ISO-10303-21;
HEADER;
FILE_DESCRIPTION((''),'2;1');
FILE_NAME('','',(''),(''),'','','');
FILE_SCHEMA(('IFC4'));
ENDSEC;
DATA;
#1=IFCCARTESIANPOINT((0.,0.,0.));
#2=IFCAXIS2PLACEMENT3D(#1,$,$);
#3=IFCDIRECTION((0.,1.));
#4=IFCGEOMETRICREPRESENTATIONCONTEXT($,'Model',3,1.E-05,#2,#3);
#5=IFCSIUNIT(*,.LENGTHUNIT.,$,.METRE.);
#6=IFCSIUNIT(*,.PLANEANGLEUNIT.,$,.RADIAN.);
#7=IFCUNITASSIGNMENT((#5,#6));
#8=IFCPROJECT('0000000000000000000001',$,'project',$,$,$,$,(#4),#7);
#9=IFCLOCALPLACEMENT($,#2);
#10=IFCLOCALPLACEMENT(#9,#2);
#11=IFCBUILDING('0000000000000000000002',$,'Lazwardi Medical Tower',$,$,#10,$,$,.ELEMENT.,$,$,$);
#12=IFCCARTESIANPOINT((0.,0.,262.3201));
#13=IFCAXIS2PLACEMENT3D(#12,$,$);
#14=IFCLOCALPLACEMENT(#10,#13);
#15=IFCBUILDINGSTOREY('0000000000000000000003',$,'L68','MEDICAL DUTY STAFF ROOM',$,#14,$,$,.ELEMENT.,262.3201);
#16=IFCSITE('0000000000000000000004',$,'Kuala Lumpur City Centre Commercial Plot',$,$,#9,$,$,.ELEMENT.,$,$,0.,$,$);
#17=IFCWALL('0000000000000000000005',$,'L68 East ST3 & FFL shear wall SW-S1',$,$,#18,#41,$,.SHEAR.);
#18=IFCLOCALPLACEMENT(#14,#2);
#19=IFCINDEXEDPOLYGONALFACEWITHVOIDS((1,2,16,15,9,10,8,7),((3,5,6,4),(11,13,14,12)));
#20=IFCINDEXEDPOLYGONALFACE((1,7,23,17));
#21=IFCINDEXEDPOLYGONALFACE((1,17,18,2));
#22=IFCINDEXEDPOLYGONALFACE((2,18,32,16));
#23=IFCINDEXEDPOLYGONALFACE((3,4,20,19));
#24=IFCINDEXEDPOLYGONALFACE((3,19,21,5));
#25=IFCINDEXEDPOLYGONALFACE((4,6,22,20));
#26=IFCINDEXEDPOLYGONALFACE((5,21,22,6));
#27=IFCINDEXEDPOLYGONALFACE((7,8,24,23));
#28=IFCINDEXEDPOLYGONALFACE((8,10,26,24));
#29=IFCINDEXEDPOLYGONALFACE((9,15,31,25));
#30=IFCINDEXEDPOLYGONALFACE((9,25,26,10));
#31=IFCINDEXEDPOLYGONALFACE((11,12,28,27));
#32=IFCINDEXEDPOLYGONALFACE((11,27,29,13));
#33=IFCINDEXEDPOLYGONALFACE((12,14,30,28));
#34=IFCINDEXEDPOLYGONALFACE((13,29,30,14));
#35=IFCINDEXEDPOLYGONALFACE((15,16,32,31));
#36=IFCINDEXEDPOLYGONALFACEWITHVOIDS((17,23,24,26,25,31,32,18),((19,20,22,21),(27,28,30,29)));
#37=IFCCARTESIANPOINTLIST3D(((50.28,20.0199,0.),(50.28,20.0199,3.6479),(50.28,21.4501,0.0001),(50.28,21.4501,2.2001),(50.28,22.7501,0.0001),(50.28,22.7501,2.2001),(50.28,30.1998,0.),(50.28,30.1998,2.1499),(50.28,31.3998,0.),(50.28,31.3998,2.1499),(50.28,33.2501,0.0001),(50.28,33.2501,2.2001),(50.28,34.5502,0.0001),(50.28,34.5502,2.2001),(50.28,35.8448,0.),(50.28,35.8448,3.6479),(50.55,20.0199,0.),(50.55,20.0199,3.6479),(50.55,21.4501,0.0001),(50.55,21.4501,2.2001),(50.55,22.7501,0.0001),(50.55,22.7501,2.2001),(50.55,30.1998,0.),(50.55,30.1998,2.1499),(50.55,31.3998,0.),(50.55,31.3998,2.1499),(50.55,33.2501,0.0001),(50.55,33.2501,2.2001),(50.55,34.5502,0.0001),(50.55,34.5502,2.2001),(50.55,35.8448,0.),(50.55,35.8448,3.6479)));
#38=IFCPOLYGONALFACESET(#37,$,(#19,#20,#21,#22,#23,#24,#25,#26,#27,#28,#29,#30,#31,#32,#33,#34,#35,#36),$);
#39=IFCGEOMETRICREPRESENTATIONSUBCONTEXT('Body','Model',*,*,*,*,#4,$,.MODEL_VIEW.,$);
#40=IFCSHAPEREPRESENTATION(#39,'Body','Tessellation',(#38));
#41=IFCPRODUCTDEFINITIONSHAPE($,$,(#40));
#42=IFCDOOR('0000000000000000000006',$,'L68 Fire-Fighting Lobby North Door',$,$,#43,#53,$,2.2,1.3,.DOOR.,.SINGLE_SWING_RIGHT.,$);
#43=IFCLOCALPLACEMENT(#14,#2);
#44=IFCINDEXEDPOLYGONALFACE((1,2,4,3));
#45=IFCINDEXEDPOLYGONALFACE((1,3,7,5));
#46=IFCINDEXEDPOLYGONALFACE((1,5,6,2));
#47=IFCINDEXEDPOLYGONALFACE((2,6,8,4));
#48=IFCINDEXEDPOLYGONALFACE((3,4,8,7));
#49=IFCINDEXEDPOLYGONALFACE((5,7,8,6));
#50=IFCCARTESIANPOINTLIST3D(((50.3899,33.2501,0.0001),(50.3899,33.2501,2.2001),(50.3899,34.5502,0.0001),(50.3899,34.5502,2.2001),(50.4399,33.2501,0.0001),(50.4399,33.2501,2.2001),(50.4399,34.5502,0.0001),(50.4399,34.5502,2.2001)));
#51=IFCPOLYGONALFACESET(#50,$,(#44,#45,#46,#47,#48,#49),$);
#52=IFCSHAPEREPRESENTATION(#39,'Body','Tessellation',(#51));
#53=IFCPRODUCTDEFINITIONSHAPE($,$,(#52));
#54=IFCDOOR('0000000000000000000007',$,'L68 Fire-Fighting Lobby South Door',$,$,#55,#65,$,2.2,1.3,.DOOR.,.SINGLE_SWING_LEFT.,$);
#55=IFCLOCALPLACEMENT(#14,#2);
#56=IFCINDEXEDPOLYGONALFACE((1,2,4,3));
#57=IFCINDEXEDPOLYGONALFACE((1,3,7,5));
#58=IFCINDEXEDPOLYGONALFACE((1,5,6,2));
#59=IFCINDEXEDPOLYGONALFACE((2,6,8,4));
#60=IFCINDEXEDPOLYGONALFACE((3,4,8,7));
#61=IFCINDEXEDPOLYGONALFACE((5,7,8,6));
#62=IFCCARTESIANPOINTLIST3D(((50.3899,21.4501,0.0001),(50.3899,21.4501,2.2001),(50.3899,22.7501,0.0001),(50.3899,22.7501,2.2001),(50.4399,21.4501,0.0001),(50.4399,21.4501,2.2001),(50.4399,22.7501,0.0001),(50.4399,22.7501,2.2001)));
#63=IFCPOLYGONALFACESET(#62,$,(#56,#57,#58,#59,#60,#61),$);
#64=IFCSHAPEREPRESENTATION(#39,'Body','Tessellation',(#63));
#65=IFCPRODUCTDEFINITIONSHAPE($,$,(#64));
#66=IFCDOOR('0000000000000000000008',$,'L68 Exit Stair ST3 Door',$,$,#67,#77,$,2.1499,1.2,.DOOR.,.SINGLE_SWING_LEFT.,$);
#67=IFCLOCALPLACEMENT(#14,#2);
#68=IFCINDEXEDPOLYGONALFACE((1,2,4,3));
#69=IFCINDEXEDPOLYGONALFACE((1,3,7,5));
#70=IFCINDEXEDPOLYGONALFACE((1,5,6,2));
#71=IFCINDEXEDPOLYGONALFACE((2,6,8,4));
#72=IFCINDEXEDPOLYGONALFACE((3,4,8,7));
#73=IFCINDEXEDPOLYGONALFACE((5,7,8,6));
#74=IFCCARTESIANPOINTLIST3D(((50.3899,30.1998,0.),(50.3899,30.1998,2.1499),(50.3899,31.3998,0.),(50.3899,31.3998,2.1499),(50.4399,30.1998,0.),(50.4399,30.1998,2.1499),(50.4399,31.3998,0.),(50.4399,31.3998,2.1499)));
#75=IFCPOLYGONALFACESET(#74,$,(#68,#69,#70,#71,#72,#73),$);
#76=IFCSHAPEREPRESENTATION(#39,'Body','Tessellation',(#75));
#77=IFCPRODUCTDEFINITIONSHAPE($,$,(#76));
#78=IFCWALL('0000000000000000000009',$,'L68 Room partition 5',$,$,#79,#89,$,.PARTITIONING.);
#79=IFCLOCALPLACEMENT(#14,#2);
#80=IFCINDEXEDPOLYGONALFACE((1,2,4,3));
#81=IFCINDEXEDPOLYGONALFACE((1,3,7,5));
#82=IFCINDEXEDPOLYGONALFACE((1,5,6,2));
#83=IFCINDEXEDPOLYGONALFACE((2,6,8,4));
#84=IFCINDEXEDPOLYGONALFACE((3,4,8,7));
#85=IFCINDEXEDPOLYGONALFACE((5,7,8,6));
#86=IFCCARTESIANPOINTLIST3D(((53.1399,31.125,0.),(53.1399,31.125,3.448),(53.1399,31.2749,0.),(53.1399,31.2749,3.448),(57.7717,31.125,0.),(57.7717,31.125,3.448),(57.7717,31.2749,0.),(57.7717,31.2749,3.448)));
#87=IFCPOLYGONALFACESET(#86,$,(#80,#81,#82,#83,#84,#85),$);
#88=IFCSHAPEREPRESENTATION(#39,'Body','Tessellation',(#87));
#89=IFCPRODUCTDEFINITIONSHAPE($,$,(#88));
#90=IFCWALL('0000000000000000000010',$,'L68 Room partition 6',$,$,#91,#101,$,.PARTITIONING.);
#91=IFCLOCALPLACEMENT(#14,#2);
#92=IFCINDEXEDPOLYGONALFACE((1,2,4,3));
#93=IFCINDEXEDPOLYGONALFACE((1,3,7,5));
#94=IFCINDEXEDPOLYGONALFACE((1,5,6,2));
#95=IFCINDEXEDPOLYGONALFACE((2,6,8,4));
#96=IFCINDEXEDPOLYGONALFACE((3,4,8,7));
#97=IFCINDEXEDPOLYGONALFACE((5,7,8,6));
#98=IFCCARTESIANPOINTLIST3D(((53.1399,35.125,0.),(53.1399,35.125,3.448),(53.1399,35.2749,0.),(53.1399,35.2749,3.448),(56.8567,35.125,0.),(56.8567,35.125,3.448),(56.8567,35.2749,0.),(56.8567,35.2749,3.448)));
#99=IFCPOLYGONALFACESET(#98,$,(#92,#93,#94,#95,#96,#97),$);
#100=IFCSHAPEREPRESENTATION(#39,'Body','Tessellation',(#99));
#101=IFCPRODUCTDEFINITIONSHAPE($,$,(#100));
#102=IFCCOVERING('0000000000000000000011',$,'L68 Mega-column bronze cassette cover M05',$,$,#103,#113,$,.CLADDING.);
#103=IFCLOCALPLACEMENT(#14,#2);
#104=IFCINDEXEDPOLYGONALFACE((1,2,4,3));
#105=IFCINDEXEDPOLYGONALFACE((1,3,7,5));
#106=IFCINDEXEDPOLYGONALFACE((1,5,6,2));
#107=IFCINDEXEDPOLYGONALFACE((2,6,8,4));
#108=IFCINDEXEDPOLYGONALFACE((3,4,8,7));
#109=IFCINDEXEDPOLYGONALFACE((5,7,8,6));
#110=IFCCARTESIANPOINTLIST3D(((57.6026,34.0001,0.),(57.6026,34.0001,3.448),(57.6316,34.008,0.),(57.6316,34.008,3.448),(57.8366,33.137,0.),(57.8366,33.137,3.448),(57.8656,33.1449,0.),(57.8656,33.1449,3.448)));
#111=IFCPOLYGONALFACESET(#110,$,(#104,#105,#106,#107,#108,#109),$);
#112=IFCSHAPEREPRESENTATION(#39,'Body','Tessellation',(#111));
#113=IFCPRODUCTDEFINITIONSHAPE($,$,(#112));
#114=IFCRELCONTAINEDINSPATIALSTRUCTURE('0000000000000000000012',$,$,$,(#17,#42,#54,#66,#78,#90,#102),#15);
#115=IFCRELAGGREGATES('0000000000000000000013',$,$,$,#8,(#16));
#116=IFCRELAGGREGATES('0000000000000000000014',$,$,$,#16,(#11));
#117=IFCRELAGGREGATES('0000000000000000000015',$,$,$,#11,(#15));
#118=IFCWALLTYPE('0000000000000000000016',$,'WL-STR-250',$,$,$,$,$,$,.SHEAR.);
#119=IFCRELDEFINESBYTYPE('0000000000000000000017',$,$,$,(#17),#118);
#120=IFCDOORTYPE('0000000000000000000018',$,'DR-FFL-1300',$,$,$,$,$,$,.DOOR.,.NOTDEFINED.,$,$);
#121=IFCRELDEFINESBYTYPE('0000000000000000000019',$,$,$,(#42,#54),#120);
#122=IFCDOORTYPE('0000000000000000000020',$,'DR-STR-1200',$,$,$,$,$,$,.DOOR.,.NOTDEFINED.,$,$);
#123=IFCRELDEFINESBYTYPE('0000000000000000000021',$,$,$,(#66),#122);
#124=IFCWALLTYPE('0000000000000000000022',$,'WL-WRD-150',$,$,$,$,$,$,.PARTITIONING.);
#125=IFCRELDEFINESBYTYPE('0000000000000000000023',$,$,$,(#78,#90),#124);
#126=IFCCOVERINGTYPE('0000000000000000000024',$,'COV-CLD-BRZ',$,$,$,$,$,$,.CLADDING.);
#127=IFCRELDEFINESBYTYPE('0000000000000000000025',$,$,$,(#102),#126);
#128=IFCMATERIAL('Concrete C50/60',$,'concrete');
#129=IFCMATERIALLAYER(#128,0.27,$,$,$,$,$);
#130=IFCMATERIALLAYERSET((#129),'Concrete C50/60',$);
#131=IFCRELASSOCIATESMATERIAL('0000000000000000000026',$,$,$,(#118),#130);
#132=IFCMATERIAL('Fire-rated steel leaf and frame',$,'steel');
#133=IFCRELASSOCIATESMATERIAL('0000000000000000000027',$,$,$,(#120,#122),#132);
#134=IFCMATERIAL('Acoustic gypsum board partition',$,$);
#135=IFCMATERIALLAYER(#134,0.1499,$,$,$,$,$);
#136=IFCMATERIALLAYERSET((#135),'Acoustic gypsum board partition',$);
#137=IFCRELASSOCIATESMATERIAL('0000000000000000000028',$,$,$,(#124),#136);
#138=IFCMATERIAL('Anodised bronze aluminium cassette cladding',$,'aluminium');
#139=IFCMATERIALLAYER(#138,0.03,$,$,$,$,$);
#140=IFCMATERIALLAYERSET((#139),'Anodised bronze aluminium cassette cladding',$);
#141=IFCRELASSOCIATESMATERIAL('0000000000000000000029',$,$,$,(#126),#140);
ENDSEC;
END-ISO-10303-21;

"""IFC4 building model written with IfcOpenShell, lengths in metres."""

from ifc_helpers import new_model, si_unit, direction, frame, frame_2d, origin, origin_2d, place, context, subcontext, project, spatial, rectangle, extrude, material, layer, layer_set, type_object, element, fill, save


model = new_model("IFC4")

# Units and contexts
model_context = context("Model", 3, precision=1e-05, world=origin(), true_north=direction((0.0, 1.0)))
body_context = subcontext(model_context, "Body", "Model", "MODEL_VIEW")
ifc_project = project(units=[si_unit("LENGTHUNIT", "METRE"), si_unit("PLANEANGLEUNIT", "RADIAN")], contexts=[model_context])

# Site, building, storey
site_placement = place(None, origin())
site = spatial("IfcSite", under=ifc_project, at=site_placement, Name="Kuala Lumpur City Centre Commercial Plot", CompositionType="ELEMENT", RefElevation=0.0)
building_placement = place(site_placement, origin())
building = spatial("IfcBuilding", under=site, at=building_placement, Name="Lazwardi Medical Tower", CompositionType="ELEMENT")
storey_placement = place(building_placement, frame((0.0, 0.0, 262.3201)))
storey = spatial("IfcBuildingStorey", under=building, at=storey_placement, Name="L68", Description="MEDICAL DUTY STAFF ROOM", CompositionType="ELEMENT", Elevation=262.3201)

# Wall, openings, doors
ifc_material_1 = material(Name="Concrete C50/60", Category="concrete")
ifc_layer_1 = layer(ifc_material_1, 0.27)
ifc_layer_set_1 = layer_set([ifc_layer_1], Name="Concrete C50/60")
wall_type_1 = type_object("IfcWallType", Name="WL-STR-250", PredefinedType="SHEAR", material=ifc_layer_set_1)
wall_1_placement = place(storey_placement, frame((50.415, 35.845, 0.0), z_axis=(0.0, 0.0, 1.0), x_axis=(0.0, -1.0, 0.0)))
wall_1 = element("IfcWall", 1, at=wall_1_placement, inside=storey, type_object=wall_type_1, Name="L68 East ST3 & FFL shear wall SW-S1", PredefinedType="SHEAR", context=body_context, shape_type="SweptSolid", body=[
    extrude(rectangle(XDim=15.825, YDim=0.27, at=frame_2d((7.9126, 0.0))), origin(), (0.0, 0.0, 1.0), 3.6479),
])
opening_1_placement = place(wall_1_placement, frame((4.4451, 0.0, 0.0)))
opening_1 = element("IfcOpeningElement", 2, at=opening_1_placement, cuts=wall_1, PredefinedType="OPENING", context=body_context, shape_type="SweptSolid", body=[
    extrude(rectangle(XDim=1.2, YDim=2.1499, at=frame_2d((0.6001, 1.075))), frame((0.0, 0.145, 0.0), z_axis=(0.0, -1.0, 0.0), x_axis=(1.0, 0.0, 0.0)), (0.0, 0.0, 1.0), 0.29),
])
opening_2_placement = place(wall_1_placement, frame((1.2949, 0.0, 0.0)))
opening_2 = element("IfcOpeningElement", 3, at=opening_2_placement, cuts=wall_1, PredefinedType="OPENING", context=body_context, shape_type="SweptSolid", body=[
    extrude(rectangle(XDim=1.3, YDim=2.2, at=frame_2d((0.6499, 1.1001))), frame((0.0, 0.145, 0.0), z_axis=(0.0, -1.0, 0.0), x_axis=(1.0, 0.0, 0.0)), (0.0, 0.0, 1.0), 0.29),
])
opening_3_placement = place(wall_1_placement, frame((13.095, 0.0, 0.0)))
opening_3 = element("IfcOpeningElement", 4, at=opening_3_placement, cuts=wall_1, PredefinedType="OPENING", context=body_context, shape_type="SweptSolid", body=[
    extrude(rectangle(XDim=1.3, YDim=2.2, at=frame_2d((0.6499, 1.1001))), frame((0.0, 0.145, 0.0), z_axis=(0.0, -1.0, 0.0), x_axis=(1.0, 0.0, 0.0)), (0.0, 0.0, 1.0), 0.29),
])
ifc_material_2 = material(Name="Fire-rated steel leaf and frame", Category="steel")
door_type_1 = type_object("IfcDoorType", Name="DR-FFL-1300", OperationType="NOTDEFINED", PredefinedType="DOOR", material=ifc_material_2)
door_1_placement = place(opening_2_placement, origin())
door_1 = element("IfcDoor", 5, at=door_1_placement, inside=storey, type_object=door_type_1, Name="L68 Fire-Fighting Lobby North Door", OperationType="SINGLE_SWING_RIGHT", OverallHeight=2.2, OverallWidth=1.3, PredefinedType="DOOR", context=body_context, shape_type="SweptSolid", body=[
    extrude(rectangle(XDim=1.3, YDim=2.2, at=frame_2d((0.6499, 1.1001))), frame((0.0, 0.0249, 0.0), z_axis=(0.0, -1.0, 0.0), x_axis=(1.0, 0.0, 0.0)), (0.0, 0.0, 1.0), 0.05),
])
fill(opening_2, door_1)
door_2_placement = place(opening_3_placement, origin())
door_2 = element("IfcDoor", 6, at=door_2_placement, inside=storey, type_object=door_type_1, Name="L68 Fire-Fighting Lobby South Door", OperationType="SINGLE_SWING_LEFT", OverallHeight=2.2, OverallWidth=1.3, PredefinedType="DOOR", context=body_context, shape_type="SweptSolid", body=[
    extrude(rectangle(XDim=1.3, YDim=2.2, at=frame_2d((0.6499, 1.1001))), frame((0.0, 0.0249, 0.0), z_axis=(0.0, -1.0, 0.0), x_axis=(1.0, 0.0, 0.0)), (0.0, 0.0, 1.0), 0.05),
])
fill(opening_3, door_2)
door_type_2 = type_object("IfcDoorType", Name="DR-STR-1200", OperationType="NOTDEFINED", PredefinedType="DOOR", material=ifc_material_2)
door_3_placement = place(opening_1_placement, origin())
door_3 = element("IfcDoor", 7, at=door_3_placement, inside=storey, type_object=door_type_2, Name="L68 Exit Stair ST3 Door", OperationType="SINGLE_SWING_LEFT", OverallHeight=2.1499, OverallWidth=1.2, PredefinedType="DOOR", context=body_context, shape_type="SweptSolid", body=[
    extrude(rectangle(XDim=1.2, YDim=2.1499, at=frame_2d((0.6001, 1.075))), frame((0.0, 0.0249, 0.0), z_axis=(0.0, -1.0, 0.0), x_axis=(1.0, 0.0, 0.0)), (0.0, 0.0, 1.0), 0.05),
])
fill(opening_1, door_3)

# Walls
ifc_material_3 = material(Name="Acoustic gypsum board partition")
ifc_layer_2 = layer(ifc_material_3, 0.1499)
ifc_layer_set_2 = layer_set([ifc_layer_2], Name="Acoustic gypsum board partition")
wall_type_2 = type_object("IfcWallType", Name="WL-WRD-150", PredefinedType="PARTITIONING", material=ifc_layer_set_2)
wall_2_placement = place(storey_placement, frame((53.1399, 31.2, 0.0), z_axis=(0.0, 0.0, 1.0), x_axis=(1.0, 0.0, 0.0)))
element("IfcWall", 8, at=wall_2_placement, inside=storey, type_object=wall_type_2, Name="L68 Room partition 5", PredefinedType="PARTITIONING", context=body_context, shape_type="SweptSolid", body=[
    extrude(rectangle(XDim=4.6318, YDim=0.1499, at=frame_2d((2.3159, 0.0))), origin(), (0.0, 0.0, 1.0), 3.448),
])
wall_3_placement = place(storey_placement, frame((53.1399, 35.2, 0.0), z_axis=(0.0, 0.0, 1.0), x_axis=(1.0, 0.0, 0.0)))
element("IfcWall", 9, at=wall_3_placement, inside=storey, type_object=wall_type_2, Name="L68 Room partition 6", PredefinedType="PARTITIONING", context=body_context, shape_type="SweptSolid", body=[
    extrude(rectangle(XDim=3.7168, YDim=0.1499, at=frame_2d((1.8584, 0.0))), origin(), (0.0, 0.0, 1.0), 3.448),
])

# Covering
ifc_material_4 = material(Name="Anodised bronze aluminium cassette cladding", Category="aluminium")
ifc_layer_3 = layer(ifc_material_4, 0.03)
ifc_layer_set_3 = layer_set([ifc_layer_3], Name="Anodised bronze aluminium cassette cladding")
covering_type = type_object("IfcCoveringType", Name="COV-CLD-BRZ", PredefinedType="CLADDING", material=ifc_layer_set_3)
covering_placement = place(storey_placement, frame((57.7341, 33.5725, 0.0), z_axis=(0.0, 0.0, 1.0), x_axis=(-0.261642, 0.965165, 0.0)))
element("IfcCovering", 10, at=covering_placement, inside=storey, type_object=covering_type, Name="L68 Mega-column bronze cassette cover M05", PredefinedType="CLADDING", context=body_context, shape_type="SweptSolid", body=[
    extrude(rectangle(XDim=0.8943, YDim=0.03, at=origin_2d()), origin(), (0.0, 0.0, 1.0), 3.448),
])

save(model, "model.ifc")
